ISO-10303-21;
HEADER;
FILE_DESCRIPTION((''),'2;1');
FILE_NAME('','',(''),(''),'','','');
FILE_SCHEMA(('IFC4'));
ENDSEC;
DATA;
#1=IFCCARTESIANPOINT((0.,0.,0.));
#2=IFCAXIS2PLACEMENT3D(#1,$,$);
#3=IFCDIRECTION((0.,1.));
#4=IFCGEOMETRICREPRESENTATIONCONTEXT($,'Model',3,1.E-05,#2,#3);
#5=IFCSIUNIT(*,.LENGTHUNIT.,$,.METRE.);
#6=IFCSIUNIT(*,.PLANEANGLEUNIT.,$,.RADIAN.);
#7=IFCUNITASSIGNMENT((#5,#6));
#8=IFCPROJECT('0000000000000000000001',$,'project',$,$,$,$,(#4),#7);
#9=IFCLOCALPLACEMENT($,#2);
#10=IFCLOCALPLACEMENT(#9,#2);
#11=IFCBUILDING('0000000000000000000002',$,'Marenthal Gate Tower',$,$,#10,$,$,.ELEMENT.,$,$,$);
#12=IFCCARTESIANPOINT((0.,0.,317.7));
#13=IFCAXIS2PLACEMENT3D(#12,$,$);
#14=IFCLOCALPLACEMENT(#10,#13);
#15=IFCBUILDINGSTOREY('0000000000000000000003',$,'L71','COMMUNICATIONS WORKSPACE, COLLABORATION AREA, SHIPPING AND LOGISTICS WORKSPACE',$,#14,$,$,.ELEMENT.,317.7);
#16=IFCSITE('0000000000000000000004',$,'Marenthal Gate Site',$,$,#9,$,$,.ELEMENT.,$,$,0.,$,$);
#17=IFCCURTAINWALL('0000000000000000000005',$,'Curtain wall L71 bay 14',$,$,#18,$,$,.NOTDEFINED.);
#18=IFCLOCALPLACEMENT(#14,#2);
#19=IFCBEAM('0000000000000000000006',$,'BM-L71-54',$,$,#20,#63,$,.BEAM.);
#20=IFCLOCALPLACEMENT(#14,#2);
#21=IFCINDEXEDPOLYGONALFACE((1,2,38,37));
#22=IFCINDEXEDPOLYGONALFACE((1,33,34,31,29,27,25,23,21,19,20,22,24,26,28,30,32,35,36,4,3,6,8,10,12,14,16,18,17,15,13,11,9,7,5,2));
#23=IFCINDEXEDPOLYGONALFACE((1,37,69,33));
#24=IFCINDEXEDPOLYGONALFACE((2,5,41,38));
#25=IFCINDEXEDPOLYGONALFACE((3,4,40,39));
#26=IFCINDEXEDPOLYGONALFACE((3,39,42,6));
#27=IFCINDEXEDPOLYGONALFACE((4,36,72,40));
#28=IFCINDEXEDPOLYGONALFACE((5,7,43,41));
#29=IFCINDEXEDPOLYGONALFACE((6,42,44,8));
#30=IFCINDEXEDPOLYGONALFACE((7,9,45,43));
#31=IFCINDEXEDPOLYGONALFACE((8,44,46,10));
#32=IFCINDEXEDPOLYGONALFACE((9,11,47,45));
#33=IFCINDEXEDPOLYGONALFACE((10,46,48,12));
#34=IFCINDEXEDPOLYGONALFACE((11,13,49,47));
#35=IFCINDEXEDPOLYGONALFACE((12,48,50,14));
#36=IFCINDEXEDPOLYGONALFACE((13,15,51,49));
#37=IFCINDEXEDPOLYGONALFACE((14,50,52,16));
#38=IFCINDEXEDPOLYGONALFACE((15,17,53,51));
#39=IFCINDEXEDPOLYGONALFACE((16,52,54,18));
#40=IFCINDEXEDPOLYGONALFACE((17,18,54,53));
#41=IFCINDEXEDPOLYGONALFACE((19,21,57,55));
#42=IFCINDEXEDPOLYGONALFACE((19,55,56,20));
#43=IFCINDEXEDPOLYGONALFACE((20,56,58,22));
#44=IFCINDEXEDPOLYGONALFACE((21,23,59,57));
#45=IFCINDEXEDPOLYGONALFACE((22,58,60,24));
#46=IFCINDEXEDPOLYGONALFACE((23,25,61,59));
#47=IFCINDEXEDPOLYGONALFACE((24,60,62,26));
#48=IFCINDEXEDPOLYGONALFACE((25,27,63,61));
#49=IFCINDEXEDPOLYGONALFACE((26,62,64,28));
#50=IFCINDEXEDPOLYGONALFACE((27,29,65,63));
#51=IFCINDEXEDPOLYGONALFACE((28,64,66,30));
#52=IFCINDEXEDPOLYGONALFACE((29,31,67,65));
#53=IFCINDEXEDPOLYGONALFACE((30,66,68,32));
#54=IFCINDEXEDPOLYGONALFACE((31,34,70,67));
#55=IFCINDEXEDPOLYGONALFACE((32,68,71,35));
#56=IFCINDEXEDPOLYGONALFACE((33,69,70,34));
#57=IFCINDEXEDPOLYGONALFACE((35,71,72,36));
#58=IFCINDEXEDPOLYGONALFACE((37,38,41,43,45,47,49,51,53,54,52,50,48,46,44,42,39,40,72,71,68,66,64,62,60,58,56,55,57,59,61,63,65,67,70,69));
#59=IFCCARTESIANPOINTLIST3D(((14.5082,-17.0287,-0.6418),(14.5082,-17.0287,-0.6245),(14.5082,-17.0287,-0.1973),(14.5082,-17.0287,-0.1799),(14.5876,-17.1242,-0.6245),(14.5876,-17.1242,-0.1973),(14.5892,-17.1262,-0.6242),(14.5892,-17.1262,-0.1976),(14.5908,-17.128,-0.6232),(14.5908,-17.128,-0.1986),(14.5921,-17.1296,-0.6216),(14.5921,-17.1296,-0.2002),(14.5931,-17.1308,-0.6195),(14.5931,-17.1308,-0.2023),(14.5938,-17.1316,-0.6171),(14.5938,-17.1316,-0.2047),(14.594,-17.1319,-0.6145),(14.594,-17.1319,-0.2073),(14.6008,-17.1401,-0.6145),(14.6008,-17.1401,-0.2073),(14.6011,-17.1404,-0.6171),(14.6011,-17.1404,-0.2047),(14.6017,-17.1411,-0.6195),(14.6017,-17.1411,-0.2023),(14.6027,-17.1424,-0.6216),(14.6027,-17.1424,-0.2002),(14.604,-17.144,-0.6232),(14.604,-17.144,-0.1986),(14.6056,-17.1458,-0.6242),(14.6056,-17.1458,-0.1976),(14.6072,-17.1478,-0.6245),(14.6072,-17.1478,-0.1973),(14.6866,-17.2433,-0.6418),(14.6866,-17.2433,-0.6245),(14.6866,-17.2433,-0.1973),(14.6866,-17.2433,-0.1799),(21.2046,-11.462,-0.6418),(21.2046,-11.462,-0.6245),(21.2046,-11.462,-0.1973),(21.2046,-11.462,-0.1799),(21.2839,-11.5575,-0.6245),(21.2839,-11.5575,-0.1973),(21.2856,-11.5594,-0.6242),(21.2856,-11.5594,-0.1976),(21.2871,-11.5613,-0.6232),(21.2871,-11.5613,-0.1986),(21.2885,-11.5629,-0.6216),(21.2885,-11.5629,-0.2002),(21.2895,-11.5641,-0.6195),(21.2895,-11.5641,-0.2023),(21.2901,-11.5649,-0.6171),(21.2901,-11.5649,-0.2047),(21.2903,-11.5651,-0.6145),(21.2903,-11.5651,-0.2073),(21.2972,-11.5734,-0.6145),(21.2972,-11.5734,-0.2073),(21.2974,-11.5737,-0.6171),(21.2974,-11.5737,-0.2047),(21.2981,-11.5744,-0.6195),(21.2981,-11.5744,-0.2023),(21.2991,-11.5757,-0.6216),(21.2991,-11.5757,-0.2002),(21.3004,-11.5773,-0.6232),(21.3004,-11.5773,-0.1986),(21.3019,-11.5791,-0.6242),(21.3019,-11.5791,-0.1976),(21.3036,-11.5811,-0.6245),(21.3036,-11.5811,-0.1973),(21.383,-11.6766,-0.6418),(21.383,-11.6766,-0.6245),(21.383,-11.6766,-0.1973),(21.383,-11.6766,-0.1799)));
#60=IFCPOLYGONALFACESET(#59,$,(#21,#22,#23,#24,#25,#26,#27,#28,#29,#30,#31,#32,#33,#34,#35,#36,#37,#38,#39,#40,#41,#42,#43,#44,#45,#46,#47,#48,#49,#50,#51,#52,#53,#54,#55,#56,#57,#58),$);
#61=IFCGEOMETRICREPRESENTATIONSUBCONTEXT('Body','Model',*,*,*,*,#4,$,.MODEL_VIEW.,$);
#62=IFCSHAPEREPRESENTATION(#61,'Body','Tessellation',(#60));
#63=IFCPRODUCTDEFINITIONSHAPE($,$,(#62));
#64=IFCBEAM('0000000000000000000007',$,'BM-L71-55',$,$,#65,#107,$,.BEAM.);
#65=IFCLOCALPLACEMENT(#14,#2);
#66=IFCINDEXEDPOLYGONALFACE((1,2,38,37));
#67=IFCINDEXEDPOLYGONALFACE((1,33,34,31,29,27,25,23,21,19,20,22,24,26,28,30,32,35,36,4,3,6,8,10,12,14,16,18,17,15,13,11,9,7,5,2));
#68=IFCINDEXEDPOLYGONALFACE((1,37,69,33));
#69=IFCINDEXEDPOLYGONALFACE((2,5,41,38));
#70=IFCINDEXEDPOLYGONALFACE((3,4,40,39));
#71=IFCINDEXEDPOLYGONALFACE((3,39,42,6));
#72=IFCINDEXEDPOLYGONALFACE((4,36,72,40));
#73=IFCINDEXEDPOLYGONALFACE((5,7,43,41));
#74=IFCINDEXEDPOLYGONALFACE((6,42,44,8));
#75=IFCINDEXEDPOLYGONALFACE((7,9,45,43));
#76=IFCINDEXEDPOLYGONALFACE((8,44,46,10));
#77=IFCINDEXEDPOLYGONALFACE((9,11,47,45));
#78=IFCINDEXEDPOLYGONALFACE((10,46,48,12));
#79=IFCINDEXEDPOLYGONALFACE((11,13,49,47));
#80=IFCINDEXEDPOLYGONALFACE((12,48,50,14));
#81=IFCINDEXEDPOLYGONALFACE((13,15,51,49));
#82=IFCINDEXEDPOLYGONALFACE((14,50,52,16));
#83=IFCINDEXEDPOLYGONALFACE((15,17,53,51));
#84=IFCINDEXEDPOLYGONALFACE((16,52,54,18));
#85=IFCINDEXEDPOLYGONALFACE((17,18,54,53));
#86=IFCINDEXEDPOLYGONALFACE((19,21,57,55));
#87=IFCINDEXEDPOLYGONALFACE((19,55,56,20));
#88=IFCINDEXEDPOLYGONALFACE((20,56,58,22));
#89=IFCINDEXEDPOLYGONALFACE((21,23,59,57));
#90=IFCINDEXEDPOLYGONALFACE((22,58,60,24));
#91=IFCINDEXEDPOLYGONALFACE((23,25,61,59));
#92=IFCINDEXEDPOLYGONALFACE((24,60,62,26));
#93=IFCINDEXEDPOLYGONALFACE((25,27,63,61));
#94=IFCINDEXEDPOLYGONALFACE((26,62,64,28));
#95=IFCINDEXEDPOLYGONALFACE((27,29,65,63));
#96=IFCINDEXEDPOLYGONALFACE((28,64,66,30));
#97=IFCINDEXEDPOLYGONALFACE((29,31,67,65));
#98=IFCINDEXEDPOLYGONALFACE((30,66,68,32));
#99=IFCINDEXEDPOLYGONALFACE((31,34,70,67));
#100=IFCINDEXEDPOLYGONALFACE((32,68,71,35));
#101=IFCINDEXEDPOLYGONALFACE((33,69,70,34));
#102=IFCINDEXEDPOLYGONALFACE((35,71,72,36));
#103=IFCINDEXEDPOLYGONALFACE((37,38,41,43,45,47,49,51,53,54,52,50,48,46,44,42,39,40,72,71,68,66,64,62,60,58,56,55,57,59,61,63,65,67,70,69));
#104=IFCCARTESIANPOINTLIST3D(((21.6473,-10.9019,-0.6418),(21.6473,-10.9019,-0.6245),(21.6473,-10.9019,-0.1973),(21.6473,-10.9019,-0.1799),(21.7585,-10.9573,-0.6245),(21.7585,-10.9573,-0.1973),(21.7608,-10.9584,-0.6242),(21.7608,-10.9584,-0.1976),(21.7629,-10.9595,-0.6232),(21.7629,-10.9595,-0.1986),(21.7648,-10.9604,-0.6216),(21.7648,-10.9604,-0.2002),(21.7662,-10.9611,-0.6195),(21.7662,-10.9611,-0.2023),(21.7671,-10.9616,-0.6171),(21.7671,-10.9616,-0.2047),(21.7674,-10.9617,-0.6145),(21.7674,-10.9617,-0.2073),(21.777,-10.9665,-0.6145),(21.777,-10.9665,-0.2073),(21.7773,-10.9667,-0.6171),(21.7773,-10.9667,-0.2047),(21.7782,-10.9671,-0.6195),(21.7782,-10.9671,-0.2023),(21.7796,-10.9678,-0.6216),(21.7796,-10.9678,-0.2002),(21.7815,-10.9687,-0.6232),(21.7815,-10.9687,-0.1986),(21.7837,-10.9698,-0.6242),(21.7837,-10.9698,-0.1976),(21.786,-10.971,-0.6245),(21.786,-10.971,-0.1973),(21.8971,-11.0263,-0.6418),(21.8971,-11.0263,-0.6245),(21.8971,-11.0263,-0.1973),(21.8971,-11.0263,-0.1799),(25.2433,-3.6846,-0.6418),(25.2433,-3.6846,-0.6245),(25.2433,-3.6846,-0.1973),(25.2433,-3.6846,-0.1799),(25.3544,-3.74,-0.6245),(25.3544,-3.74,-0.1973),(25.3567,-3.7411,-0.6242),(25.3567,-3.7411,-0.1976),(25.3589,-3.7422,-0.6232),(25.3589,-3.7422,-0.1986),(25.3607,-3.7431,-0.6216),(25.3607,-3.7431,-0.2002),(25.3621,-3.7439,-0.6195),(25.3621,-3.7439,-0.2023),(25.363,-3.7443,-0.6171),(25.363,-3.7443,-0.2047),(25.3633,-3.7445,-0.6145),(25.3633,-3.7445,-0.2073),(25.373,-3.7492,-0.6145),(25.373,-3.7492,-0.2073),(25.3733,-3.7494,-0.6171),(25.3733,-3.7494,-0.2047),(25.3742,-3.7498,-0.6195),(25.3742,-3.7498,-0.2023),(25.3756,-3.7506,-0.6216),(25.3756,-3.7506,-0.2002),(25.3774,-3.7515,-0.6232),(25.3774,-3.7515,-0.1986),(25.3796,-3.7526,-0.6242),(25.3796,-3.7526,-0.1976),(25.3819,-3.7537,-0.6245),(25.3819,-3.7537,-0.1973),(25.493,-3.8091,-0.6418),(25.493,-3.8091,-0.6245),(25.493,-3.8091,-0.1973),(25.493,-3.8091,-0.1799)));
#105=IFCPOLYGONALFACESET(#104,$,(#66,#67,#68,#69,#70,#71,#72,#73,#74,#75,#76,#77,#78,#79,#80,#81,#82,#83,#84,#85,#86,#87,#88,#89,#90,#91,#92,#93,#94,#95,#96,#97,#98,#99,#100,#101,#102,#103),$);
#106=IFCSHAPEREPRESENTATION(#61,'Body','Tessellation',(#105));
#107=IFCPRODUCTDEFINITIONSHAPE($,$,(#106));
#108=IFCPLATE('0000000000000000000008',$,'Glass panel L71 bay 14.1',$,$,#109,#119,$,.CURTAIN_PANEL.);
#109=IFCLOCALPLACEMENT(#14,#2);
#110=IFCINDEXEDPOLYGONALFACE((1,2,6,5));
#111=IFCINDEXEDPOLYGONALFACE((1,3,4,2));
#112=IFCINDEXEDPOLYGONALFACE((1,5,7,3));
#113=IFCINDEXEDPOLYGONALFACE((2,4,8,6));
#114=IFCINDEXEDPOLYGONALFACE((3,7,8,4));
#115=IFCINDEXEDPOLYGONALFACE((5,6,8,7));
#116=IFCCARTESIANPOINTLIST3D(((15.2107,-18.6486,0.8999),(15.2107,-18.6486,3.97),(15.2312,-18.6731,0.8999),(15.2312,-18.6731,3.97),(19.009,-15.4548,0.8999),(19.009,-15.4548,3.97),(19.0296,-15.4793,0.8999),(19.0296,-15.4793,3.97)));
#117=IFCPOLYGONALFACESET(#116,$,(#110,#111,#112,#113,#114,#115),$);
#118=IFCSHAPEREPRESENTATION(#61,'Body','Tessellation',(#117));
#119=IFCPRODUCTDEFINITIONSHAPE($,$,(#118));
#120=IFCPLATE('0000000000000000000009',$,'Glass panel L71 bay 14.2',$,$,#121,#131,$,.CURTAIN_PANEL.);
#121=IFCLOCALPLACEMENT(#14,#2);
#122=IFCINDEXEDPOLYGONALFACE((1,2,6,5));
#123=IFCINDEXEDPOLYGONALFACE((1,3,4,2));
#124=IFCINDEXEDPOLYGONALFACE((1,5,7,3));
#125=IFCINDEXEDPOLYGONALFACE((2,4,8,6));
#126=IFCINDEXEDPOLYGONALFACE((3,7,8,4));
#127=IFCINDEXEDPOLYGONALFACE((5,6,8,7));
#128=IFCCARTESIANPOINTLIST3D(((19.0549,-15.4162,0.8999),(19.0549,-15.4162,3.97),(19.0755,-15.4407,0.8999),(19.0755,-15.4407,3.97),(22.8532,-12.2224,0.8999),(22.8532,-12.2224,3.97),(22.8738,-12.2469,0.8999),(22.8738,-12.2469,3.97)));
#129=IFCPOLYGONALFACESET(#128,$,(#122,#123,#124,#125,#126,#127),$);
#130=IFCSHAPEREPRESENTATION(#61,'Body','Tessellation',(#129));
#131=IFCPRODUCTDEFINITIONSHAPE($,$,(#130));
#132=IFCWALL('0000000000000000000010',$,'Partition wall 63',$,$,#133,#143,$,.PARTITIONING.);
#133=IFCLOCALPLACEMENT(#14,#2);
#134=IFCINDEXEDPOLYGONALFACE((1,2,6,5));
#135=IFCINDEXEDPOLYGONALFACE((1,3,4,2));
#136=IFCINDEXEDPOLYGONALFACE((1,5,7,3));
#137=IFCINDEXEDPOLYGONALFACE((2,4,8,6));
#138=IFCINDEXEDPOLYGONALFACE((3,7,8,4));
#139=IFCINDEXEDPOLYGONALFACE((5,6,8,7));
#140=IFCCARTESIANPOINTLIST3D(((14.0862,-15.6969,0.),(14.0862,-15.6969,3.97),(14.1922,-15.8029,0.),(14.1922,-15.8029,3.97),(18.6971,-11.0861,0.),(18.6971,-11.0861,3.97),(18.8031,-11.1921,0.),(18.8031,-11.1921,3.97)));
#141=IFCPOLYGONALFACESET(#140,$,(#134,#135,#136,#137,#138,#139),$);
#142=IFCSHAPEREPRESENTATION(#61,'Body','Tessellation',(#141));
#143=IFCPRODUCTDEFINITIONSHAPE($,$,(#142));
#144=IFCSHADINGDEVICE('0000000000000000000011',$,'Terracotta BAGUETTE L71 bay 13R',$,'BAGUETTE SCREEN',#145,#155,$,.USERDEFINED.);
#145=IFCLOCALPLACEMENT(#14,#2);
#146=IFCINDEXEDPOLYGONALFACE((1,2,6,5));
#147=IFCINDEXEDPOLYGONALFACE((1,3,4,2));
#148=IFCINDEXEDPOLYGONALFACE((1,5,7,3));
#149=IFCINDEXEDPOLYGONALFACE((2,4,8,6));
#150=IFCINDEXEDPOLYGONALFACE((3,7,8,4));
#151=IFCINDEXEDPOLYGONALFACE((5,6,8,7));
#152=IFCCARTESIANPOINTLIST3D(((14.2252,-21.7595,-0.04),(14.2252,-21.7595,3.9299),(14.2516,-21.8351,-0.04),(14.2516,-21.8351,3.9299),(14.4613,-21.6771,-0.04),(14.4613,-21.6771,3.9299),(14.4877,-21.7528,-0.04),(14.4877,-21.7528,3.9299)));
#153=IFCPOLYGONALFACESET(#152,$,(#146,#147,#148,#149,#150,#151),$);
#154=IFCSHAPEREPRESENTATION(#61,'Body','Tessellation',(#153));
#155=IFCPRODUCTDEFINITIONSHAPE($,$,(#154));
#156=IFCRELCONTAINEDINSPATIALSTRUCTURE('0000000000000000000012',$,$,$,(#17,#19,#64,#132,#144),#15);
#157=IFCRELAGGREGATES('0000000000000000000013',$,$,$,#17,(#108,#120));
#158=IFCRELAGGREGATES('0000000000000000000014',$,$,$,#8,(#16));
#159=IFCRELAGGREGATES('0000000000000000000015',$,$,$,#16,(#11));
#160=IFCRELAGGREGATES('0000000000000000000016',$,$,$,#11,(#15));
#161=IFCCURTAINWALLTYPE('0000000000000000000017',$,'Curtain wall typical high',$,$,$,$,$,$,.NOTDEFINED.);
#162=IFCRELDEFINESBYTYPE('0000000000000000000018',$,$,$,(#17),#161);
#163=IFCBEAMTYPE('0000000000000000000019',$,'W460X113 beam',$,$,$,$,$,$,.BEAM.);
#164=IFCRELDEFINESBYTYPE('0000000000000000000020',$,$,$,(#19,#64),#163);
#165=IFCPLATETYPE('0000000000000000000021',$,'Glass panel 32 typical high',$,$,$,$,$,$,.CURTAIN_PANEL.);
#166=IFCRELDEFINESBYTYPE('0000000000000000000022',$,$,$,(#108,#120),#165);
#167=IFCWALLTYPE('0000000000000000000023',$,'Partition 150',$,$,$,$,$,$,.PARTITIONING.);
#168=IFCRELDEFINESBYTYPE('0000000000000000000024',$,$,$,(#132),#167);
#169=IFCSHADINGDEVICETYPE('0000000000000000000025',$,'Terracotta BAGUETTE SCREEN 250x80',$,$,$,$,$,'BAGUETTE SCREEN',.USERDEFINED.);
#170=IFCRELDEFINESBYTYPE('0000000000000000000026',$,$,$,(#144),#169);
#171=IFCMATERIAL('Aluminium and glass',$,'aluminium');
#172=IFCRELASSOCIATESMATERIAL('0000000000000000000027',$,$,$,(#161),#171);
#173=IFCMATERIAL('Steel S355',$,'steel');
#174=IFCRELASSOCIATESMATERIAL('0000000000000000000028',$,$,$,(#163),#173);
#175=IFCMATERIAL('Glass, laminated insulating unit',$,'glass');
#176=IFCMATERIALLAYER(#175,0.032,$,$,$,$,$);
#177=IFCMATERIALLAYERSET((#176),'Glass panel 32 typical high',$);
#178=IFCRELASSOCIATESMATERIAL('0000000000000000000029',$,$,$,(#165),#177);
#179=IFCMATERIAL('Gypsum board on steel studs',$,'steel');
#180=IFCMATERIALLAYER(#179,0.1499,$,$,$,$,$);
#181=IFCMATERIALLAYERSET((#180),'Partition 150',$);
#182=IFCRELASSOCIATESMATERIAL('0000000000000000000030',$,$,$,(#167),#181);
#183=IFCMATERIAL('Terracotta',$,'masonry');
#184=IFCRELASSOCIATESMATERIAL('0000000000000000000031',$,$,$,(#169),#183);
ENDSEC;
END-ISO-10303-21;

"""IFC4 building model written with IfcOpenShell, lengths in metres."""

from ifc_helpers import new_model, si_unit, direction, frame, frame_2d, origin, origin_2d, place, context, subcontext, project, spatial, rectangle, i_section, extrude, material, layer, layer_set, material_profile, profile_set, type_object, element, aggregate, save


model = new_model("IFC4")

# Units and contexts
model_context = context("Model", 3, precision=1e-05, world=origin(), true_north=direction((0.0, 1.0)))
body_context = subcontext(model_context, "Body", "Model", "MODEL_VIEW")
ifc_project = project(units=[si_unit("LENGTHUNIT", "METRE"), si_unit("PLANEANGLEUNIT", "RADIAN")], contexts=[model_context])

# Site, building, storey
site_placement = place(None, origin())
site = spatial("IfcSite", under=ifc_project, at=site_placement, Name="Marenthal Gate Site", CompositionType="ELEMENT", RefElevation=0.0)
building_placement = place(site_placement, origin())
building = spatial("IfcBuilding", under=site, at=building_placement, Name="Marenthal Gate Tower", CompositionType="ELEMENT")
storey_placement = place(building_placement, frame((0.0, 0.0, 317.7)))
storey = spatial("IfcBuildingStorey", under=building, at=storey_placement, Name="L71", Description="COMMUNICATIONS WORKSPACE, COLLABORATION AREA, SHIPPING AND LOGISTICS WORKSPACE", CompositionType="ELEMENT", Elevation=317.7)

# Curtain wall
ifc_material_1 = material(Name="Aluminium and glass", Category="aluminium")
curtain_wall_type = type_object("IfcCurtainWallType", Name="Curtain wall typical high", PredefinedType="NOTDEFINED", material=ifc_material_1)
curtain_wall_placement = place(storey_placement, origin())
curtain_wall = element("IfcCurtainWall", 1, at=curtain_wall_placement, inside=storey, type_object=curtain_wall_type, Name="Curtain wall L71 bay 14", PredefinedType="NOTDEFINED")

# Beams
ifc_material_2 = material(Name="Steel S355", Category="steel")
ifc_material_profile_1 = material_profile(ifc_material_2, i_section(OverallWidth=0.2791, OverallDepth=0.4619, WebThickness=0.0107, FlangeThickness=0.0173, FilletRadius=0.01, at=origin_2d()), Name="W460X113")
ifc_profile_set_1 = profile_set([ifc_material_profile_1], Name="Steel S355")
beam_type_1 = type_object("IfcBeamType", Name="W460X113 beam", PredefinedType="BEAM", material=ifc_profile_set_1)
beam_1_placement = place(storey_placement, frame((14.5974, -17.136, -0.4109), z_axis=(0.768988, 0.639263, 0.0), x_axis=(-0.639263, 0.768988, 0.0)))
element("IfcBeam", 2, at=beam_1_placement, inside=storey, type_object=beam_type_1, Name="BM-L71-54", PredefinedType="BEAM", context=body_context, shape_type="SweptSolid", body=[
    extrude(i_section(OverallWidth=0.2791, OverallDepth=0.4619, WebThickness=0.0107, FlangeThickness=0.0173, FilletRadius=0.01, at=origin_2d()), origin(), (0.0, 0.0, 1.0), 8.708),
])
beam_2_placement = place(storey_placement, frame((21.7722, -10.9641, -0.4109), z_axis=(0.445954, 0.895056, 0.0), x_axis=(-0.895056, 0.445954, 0.0)))
element("IfcBeam", 3, at=beam_2_placement, inside=storey, type_object=beam_type_1, Name="BM-L71-55", PredefinedType="BEAM", context=body_context, shape_type="SweptSolid", body=[
    extrude(i_section(OverallWidth=0.2791, OverallDepth=0.4619, WebThickness=0.0107, FlangeThickness=0.0173, FilletRadius=0.01, at=origin_2d()), origin(), (0.0, 0.0, 1.0), 8.0635),
])

# Plates
ifc_material_3 = material(Name="Glass, laminated insulating unit", Category="glass")
ifc_layer_1 = layer(ifc_material_3, 0.032)
ifc_layer_set_1 = layer_set([ifc_layer_1], Name="Glass panel 32 typical high")
plate_type = type_object("IfcPlateType", Name="Glass panel 32 typical high", PredefinedType="CURTAIN_PANEL", material=ifc_layer_set_1)
plate_1_placement = place(storey_placement, frame((17.1201, -17.064, 0.8999), z_axis=(0.0, 0.0, 1.0), x_axis=(0.765387, 0.64357, 0.0)))
plate_1 = element("IfcPlate", 4, at=plate_1_placement, type_object=plate_type, Name="Glass panel L71 bay 14.1", PredefinedType="CURTAIN_PANEL", context=body_context, shape_type="SweptSolid", body=[
    extrude(rectangle(XDim=4.9626, YDim=0.032, at=origin_2d()), origin(), (0.0, 0.0, 1.0), 3.0701),
])
plate_2_placement = place(storey_placement, frame((20.9644, -13.8315, 0.8999), z_axis=(0.0, 0.0, 1.0), x_axis=(0.765387, 0.64357, 0.0)))
plate_2 = element("IfcPlate", 5, at=plate_2_placement, type_object=plate_type, Name="Glass panel L71 bay 14.2", PredefinedType="CURTAIN_PANEL", context=body_context, shape_type="SweptSolid", body=[
    extrude(rectangle(XDim=4.9626, YDim=0.032, at=origin_2d()), origin(), (0.0, 0.0, 1.0), 3.0701),
])
aggregate(curtain_wall, [plate_1, plate_2])

# Wall
ifc_material_4 = material(Name="Gypsum board on steel studs", Category="steel")
ifc_layer_2 = layer(ifc_material_4, 0.1499)
ifc_layer_set_2 = layer_set([ifc_layer_2], Name="Partition 150")
wall_type_1 = type_object("IfcWallType", Name="Partition 150", PredefinedType="PARTITIONING", material=ifc_layer_set_2)
wall_1_placement = place(storey_placement, frame((18.75, -11.1392, 0.0), z_axis=(0.0, 0.0, 1.0), x_axis=(-0.707107, -0.707107, 0.0)))
element("IfcWall", 6, at=wall_1_placement, inside=storey, type_object=wall_type_1, Name="Partition wall 63", PredefinedType="PARTITIONING", context=body_context, shape_type="SweptSolid", body=[
    extrude(rectangle(XDim=6.5208, YDim=0.1499, at=frame_2d((3.2603, 0.0))), origin(), (0.0, 0.0, 1.0), 3.97),
])

# Shading device
ifc_material_5 = material(Name="Terracotta", Category="masonry")
ifc_material_profile_2 = material_profile(ifc_material_5, rectangle(XDim=0.25, YDim=0.0801, at=origin_2d()), Name="Terracotta baguette 250x80")
ifc_profile_set_2 = profile_set([ifc_material_profile_2], Name="Terracotta")
shading_device_type = type_object("IfcShadingDeviceType", Name="Terracotta BAGUETTE SCREEN 250x80", ElementType="BAGUETTE SCREEN", PredefinedType="USERDEFINED", material=ifc_profile_set_2)
shading_device_placement = place(storey_placement, frame((14.3564, -21.7561, -0.04), z_axis=(0.0, 0.0, 1.0), x_axis=(0.944249, 0.329232, 0.0)))
element("IfcShadingDevice", 7, at=shading_device_placement, inside=storey, type_object=shading_device_type, Name="Terracotta BAGUETTE L71 bay 13R", ObjectType="BAGUETTE SCREEN", PredefinedType="USERDEFINED", context=body_context, shape_type="SweptSolid", body=[
    extrude(rectangle(XDim=0.25, YDim=0.0801, at=origin_2d()), origin(), (0.0, 0.0, 1.0), 3.97),
])

save(model, "model.ifc")
